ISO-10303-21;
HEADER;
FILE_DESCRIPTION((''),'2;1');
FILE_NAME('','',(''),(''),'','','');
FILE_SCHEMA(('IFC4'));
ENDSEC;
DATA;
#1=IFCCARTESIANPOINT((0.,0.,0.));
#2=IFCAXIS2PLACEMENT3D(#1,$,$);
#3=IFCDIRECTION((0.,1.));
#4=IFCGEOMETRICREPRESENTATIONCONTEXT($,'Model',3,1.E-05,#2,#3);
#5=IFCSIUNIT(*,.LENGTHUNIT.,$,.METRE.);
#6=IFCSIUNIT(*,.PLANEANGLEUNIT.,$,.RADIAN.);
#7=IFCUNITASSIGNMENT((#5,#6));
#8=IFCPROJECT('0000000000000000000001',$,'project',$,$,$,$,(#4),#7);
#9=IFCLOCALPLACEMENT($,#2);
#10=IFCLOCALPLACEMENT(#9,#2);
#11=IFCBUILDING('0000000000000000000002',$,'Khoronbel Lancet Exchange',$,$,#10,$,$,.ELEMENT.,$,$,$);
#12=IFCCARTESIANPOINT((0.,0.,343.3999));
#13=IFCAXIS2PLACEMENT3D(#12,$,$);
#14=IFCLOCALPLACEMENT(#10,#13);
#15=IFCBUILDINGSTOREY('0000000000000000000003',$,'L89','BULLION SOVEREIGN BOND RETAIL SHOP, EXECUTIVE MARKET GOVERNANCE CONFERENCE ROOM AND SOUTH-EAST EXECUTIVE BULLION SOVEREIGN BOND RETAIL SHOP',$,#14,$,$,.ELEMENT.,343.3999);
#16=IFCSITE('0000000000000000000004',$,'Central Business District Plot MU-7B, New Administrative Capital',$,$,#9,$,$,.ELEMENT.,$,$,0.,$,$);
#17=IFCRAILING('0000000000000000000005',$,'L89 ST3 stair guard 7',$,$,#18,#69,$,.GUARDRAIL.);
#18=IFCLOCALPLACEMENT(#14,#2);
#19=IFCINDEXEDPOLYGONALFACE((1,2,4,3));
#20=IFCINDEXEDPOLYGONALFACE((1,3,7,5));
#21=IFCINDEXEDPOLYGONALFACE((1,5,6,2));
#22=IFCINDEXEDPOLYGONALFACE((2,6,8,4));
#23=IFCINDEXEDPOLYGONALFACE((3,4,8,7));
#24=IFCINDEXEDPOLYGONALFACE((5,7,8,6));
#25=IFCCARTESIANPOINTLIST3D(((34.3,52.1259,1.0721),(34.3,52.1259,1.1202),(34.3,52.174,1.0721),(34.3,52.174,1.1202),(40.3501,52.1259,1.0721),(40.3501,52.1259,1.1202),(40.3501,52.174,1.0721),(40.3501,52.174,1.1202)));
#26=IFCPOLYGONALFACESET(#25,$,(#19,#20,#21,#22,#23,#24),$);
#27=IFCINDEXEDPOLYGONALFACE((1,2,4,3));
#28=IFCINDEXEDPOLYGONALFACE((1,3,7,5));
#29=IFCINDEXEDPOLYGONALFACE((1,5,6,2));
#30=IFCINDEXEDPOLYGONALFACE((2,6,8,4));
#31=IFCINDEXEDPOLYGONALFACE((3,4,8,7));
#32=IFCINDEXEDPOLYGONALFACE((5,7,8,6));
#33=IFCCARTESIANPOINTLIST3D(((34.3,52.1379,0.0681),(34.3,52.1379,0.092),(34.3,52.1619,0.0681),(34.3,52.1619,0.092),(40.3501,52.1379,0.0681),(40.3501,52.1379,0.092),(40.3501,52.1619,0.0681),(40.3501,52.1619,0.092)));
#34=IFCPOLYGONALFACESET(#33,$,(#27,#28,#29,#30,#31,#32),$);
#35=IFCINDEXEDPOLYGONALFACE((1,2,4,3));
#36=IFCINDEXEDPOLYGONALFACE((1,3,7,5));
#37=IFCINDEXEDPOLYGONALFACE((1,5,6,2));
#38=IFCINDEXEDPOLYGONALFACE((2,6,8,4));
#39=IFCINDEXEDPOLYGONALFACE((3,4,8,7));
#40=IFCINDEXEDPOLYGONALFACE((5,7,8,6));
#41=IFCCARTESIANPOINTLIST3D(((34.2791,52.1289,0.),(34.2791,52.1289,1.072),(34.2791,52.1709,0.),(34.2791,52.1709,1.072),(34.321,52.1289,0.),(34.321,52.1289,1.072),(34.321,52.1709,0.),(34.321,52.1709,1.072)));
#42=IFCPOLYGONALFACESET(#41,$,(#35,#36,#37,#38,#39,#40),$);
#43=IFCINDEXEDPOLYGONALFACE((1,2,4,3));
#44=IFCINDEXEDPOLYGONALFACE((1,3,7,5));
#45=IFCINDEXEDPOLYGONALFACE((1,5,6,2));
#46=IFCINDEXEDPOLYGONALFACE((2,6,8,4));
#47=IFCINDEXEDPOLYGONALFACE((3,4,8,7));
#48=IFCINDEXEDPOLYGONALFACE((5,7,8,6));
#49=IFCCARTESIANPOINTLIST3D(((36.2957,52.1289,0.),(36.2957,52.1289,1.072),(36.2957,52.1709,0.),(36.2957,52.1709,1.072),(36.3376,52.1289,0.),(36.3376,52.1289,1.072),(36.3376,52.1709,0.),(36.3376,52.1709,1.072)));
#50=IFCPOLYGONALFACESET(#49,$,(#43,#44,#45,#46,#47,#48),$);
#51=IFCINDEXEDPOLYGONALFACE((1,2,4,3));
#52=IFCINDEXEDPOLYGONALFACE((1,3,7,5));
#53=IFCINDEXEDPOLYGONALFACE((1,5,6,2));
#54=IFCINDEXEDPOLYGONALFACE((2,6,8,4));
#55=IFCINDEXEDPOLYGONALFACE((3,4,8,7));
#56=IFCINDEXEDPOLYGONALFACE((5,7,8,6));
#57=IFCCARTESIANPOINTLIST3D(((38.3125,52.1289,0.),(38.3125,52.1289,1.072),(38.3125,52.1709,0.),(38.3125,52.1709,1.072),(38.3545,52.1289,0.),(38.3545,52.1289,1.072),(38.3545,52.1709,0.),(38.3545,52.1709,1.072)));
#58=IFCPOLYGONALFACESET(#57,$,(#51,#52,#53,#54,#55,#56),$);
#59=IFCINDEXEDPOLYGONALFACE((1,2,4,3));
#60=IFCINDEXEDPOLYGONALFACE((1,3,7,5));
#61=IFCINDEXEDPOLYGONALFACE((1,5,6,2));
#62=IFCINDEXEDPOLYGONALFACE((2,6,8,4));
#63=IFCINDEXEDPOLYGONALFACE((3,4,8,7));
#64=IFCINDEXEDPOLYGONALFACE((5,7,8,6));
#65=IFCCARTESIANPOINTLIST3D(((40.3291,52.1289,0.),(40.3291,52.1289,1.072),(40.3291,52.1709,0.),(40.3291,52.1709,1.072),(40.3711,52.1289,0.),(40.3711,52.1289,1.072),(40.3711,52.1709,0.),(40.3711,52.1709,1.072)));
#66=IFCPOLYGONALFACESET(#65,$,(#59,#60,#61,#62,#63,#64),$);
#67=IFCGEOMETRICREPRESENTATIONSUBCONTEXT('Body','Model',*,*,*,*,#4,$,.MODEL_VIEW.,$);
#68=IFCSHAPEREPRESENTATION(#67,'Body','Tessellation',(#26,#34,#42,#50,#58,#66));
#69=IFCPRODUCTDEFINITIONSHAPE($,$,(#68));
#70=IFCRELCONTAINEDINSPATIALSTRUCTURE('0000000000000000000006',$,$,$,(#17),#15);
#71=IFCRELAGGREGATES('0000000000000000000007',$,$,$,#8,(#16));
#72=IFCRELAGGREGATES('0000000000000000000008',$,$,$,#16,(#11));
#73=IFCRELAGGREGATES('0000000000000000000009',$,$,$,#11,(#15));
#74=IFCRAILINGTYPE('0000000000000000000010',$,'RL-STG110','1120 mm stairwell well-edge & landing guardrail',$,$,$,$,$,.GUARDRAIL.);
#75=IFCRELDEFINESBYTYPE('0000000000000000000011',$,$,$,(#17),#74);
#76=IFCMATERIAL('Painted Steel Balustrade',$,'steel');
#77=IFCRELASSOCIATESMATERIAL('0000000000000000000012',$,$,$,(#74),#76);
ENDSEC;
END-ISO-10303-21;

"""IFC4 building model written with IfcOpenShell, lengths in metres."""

from ifc_helpers import new_model, si_unit, direction, frame, origin, origin_2d, place, context, subcontext, project, spatial, rectangle, extrude, material, type_object, element, save


model = new_model("IFC4")

# Units and contexts
model_context = context("Model", 3, precision=1e-05, world=origin(), true_north=direction((0.0, 1.0)))
body_context = subcontext(model_context, "Body", "Model", "MODEL_VIEW")
ifc_project = project(units=[si_unit("LENGTHUNIT", "METRE"), si_unit("PLANEANGLEUNIT", "RADIAN")], contexts=[model_context])

# Site, building, storey
site_placement = place(None, origin())
site = spatial("IfcSite", under=ifc_project, at=site_placement, Name="Central Business District Plot MU-7B, New Administrative Capital", CompositionType="ELEMENT", RefElevation=0.0)
building_placement = place(site_placement, origin())
building = spatial("IfcBuilding", under=site, at=building_placement, Name="Khoronbel Lancet Exchange", CompositionType="ELEMENT")
storey_placement = place(building_placement, frame((0.0, 0.0, 343.3999)))
storey = spatial("IfcBuildingStorey", under=building, at=storey_placement, Name="L89", Description="BULLION SOVEREIGN BOND RETAIL SHOP, EXECUTIVE MARKET GOVERNANCE CONFERENCE ROOM AND SOUTH-EAST EXECUTIVE BULLION SOVEREIGN BOND RETAIL SHOP", CompositionType="ELEMENT", Elevation=343.3999)

# Railing
ifc_material_1 = material(Name="Painted Steel Balustrade", Category="steel")
railing_type = type_object("IfcRailingType", Name="RL-STG110", Description="1120 mm stairwell well-edge & landing guardrail", PredefinedType="GUARDRAIL", material=ifc_material_1)
railing_1_placement = place(storey_placement, frame((34.3, 52.1499, 0.0)))
element("IfcRailing", 1, at=railing_1_placement, inside=storey, type_object=railing_type, Name="L89 ST3 stair guard 7", PredefinedType="GUARDRAIL", context=body_context, shape_type="SweptSolid", body=[
    extrude(rectangle(XDim=0.0481, YDim=0.0481, at=origin_2d()), frame((0.0, 0.0, 1.0962), z_axis=(1.0, 0.0, 0.0), x_axis=(0.0, 1.0, 0.0)), (0.0, 0.0, 1.0), 6.05),
    extrude(rectangle(XDim=0.0239, YDim=0.0239, at=origin_2d()), frame((0.0, 0.0, 0.0801), z_axis=(1.0, 0.0, 0.0), x_axis=(0.0, 1.0, 0.0)), (0.0, 0.0, 1.0), 6.05),
    extrude(rectangle(XDim=0.042, YDim=0.042, at=origin_2d()), origin(), (0.0, 0.0, 1.0), 1.072),
    extrude(rectangle(XDim=0.042, YDim=0.042, at=origin_2d()), frame((2.0166, 0.0, 0.0)), (0.0, 0.0, 1.0), 1.072),
    extrude(rectangle(XDim=0.042, YDim=0.042, at=origin_2d()), frame((4.0334, 0.0, 0.0)), (0.0, 0.0, 1.0), 1.072),
    extrude(rectangle(XDim=0.042, YDim=0.042, at=origin_2d()), frame((6.05, 0.0, 0.0)), (0.0, 0.0, 1.0), 1.072),
])

save(model, "model.ifc")
